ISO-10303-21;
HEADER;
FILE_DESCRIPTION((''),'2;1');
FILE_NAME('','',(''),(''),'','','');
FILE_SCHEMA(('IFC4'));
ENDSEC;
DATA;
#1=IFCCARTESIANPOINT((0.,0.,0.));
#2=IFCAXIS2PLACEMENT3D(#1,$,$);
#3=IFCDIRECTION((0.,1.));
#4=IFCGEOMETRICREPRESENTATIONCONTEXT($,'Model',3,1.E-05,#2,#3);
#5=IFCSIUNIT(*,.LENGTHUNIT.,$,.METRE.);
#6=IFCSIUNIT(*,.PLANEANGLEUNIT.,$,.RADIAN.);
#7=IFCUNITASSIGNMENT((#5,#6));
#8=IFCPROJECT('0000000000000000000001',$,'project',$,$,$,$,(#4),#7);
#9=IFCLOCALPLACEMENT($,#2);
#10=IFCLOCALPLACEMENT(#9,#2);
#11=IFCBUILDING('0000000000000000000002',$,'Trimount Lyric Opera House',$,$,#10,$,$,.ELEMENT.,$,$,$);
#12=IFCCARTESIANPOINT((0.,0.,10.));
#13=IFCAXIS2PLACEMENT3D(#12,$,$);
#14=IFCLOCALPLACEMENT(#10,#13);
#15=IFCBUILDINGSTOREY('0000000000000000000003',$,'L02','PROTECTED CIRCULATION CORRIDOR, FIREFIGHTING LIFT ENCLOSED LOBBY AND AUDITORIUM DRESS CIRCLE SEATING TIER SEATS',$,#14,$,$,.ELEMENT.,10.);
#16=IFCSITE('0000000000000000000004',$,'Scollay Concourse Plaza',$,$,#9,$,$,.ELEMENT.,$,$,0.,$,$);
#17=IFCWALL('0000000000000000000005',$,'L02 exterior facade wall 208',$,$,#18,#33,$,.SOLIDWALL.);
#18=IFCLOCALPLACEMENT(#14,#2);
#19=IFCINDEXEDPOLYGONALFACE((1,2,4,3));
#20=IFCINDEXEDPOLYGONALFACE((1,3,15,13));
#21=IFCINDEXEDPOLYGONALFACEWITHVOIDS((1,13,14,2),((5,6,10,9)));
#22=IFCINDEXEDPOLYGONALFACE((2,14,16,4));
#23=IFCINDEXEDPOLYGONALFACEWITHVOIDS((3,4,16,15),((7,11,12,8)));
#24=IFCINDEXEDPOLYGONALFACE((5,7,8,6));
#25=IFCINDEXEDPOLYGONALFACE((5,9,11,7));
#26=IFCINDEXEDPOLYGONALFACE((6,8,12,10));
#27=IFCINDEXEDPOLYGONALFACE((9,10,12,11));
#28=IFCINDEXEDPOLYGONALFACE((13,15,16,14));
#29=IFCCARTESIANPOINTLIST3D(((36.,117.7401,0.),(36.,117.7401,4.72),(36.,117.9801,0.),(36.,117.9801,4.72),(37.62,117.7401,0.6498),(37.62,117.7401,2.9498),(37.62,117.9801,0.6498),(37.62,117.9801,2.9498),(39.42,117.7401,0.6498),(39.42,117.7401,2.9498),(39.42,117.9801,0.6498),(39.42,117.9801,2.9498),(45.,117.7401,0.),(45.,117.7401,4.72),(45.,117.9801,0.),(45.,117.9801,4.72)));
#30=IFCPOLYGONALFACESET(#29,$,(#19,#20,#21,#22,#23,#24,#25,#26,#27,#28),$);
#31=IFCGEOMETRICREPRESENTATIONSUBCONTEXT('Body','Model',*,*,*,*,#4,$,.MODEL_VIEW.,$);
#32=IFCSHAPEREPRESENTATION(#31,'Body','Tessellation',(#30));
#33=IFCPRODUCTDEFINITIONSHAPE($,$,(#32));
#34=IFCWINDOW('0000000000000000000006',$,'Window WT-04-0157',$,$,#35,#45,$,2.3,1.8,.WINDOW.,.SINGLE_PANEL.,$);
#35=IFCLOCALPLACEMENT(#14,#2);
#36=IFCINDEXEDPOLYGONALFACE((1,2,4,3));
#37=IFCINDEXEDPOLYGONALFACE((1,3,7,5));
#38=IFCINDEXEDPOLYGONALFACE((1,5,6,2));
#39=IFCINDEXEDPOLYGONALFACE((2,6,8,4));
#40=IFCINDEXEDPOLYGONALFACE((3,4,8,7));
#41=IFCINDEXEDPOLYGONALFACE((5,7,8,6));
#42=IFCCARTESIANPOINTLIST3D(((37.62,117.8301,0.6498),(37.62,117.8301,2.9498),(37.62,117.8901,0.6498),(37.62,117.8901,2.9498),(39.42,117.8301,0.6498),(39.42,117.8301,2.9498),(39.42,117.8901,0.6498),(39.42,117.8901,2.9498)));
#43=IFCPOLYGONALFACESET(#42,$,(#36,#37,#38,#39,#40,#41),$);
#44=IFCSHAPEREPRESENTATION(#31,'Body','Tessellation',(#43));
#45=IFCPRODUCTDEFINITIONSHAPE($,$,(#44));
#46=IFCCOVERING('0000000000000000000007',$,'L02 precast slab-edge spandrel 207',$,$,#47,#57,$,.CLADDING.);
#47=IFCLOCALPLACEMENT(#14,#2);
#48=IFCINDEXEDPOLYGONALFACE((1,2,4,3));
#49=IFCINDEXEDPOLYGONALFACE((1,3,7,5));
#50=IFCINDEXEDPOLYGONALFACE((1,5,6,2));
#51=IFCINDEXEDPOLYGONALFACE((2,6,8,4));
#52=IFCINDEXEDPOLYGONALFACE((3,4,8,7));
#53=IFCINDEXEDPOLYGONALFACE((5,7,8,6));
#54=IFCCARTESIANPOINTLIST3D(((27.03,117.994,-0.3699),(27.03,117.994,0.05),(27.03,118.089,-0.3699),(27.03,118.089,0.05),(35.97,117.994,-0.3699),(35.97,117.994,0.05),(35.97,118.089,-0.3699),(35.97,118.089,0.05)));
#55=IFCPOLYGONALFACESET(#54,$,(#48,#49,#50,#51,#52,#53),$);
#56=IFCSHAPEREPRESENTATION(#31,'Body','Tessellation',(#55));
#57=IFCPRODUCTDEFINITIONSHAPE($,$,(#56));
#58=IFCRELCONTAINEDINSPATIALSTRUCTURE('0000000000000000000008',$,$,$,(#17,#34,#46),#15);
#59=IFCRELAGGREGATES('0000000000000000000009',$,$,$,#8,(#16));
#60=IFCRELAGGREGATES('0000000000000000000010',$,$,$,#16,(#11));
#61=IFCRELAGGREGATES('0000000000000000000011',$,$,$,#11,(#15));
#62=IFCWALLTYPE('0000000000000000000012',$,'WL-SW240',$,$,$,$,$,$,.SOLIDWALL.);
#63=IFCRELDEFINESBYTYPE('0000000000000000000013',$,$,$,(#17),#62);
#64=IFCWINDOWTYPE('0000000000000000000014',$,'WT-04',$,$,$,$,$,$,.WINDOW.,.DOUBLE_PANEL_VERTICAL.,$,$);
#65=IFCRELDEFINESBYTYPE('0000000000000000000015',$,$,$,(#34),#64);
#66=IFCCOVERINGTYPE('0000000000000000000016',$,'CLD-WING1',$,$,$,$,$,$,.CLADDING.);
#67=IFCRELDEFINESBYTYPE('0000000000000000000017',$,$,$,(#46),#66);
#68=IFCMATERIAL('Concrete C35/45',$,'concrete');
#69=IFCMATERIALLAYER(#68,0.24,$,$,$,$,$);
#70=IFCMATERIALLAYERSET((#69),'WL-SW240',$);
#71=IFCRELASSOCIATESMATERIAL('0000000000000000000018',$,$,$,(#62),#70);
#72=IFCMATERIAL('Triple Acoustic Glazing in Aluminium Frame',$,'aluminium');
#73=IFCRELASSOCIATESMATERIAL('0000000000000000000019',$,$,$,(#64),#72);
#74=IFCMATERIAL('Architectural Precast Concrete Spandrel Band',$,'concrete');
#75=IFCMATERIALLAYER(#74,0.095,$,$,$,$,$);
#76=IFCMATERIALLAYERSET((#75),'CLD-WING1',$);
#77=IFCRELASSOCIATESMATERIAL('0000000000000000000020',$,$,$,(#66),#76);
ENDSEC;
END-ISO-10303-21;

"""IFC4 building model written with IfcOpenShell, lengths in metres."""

from ifc_helpers import new_model, si_unit, direction, frame, frame_2d, origin, origin_2d, place, context, subcontext, project, spatial, rectangle, extrude, material, layer, layer_set, type_object, element, fill, save


model = new_model("IFC4")

# Units and contexts
model_context = context("Model", 3, precision=1e-05, world=origin(), true_north=direction((0.0, 1.0)))
body_context = subcontext(model_context, "Body", "Model", "MODEL_VIEW")
ifc_project = project(units=[si_unit("LENGTHUNIT", "METRE"), si_unit("PLANEANGLEUNIT", "RADIAN")], contexts=[model_context])

# Site, building, storey
site_placement = place(None, origin())
site = spatial("IfcSite", under=ifc_project, at=site_placement, Name="Scollay Concourse Plaza", CompositionType="ELEMENT", RefElevation=0.0)
building_placement = place(site_placement, origin())
building = spatial("IfcBuilding", under=site, at=building_placement, Name="Trimount Lyric Opera House", CompositionType="ELEMENT")
storey_placement = place(building_placement, frame((0.0, 0.0, 10.0)))
storey = spatial("IfcBuildingStorey", under=building, at=storey_placement, Name="L02", Description="PROTECTED CIRCULATION CORRIDOR, FIREFIGHTING LIFT ENCLOSED LOBBY AND AUDITORIUM DRESS CIRCLE SEATING TIER SEATS", CompositionType="ELEMENT", Elevation=10.0)

# Shared definitions
ifc_material_1 = material(Name="Concrete C35/45", Category="concrete")
ifc_layer_1 = layer(ifc_material_1, 0.24)
ifc_layer_set_1 = layer_set([ifc_layer_1], Name="WL-SW240")
wall_type_1 = type_object("IfcWallType", Name="WL-SW240", PredefinedType="SOLIDWALL", material=ifc_layer_set_1)

# Wall, opening, window
wall_1_placement = place(storey_placement, frame((36.0, 117.8601, 0.0), z_axis=(0.0, 0.0, 1.0), x_axis=(1.0, 0.0, 0.0)))
wall_1 = element("IfcWall", 1, at=wall_1_placement, inside=storey, type_object=wall_type_1, Name="L02 exterior facade wall 208", PredefinedType="SOLIDWALL", context=body_context, shape_type="SweptSolid", body=[
    extrude(rectangle(XDim=9.0, YDim=0.24, at=frame_2d((4.5, 0.0))), origin(), (0.0, 0.0, 1.0), 4.72),
])
opening_1_placement = place(wall_1_placement, frame((1.6201, 0.0, 0.6499)))
opening_1 = element("IfcOpeningElement", 2, at=opening_1_placement, cuts=wall_1, PredefinedType="OPENING", context=body_context, shape_type="SweptSolid", body=[
    extrude(rectangle(XDim=1.8, YDim=2.3, at=frame_2d((0.8999, 1.1499))), frame((0.0, 0.1299, 0.0), z_axis=(0.0, -1.0, 0.0), x_axis=(1.0, 0.0, 0.0)), (0.0, 0.0, 1.0), 0.26),
])
ifc_material_2 = material(Name="Triple Acoustic Glazing in Aluminium Frame", Category="aluminium")
window_type_1 = type_object("IfcWindowType", Name="WT-04", PartitioningType="DOUBLE_PANEL_VERTICAL", PredefinedType="WINDOW", material=ifc_material_2)
window_1_placement = place(opening_1_placement, origin())
window_1 = element("IfcWindow", 3, at=window_1_placement, inside=storey, type_object=window_type_1, Name="Window WT-04-0157", OverallHeight=2.3, OverallWidth=1.8, PartitioningType="SINGLE_PANEL", PredefinedType="WINDOW", context=body_context, shape_type="SweptSolid", body=[
    extrude(rectangle(XDim=1.8, YDim=2.3, at=frame_2d((0.8999, 1.1499))), frame((0.0, 0.03, 0.0), z_axis=(0.0, -1.0, 0.0), x_axis=(1.0, 0.0, 0.0)), (0.0, 0.0, 1.0), 0.0601),
])
fill(opening_1, window_1)

# Covering
ifc_material_3 = material(Name="Architectural Precast Concrete Spandrel Band", Category="concrete")
ifc_layer_2 = layer(ifc_material_3, 0.095)
ifc_layer_set_2 = layer_set([ifc_layer_2], Name="CLD-WING1")
covering_type = type_object("IfcCoveringType", Name="CLD-WING1", PredefinedType="CLADDING", material=ifc_layer_set_2)
covering_placement = place(storey_placement, frame((31.5, 118.0415, -0.3699), z_axis=(0.0, 0.0, 1.0), x_axis=(1.0, 0.0, 0.0)))
element("IfcCovering", 4, at=covering_placement, inside=storey, type_object=covering_type, Name="L02 precast slab-edge spandrel 207", PredefinedType="CLADDING", context=body_context, shape_type="SweptSolid", body=[
    extrude(rectangle(XDim=8.9399, YDim=0.095, at=origin_2d()), origin(), (0.0, 0.0, 1.0), 0.4199),
])

save(model, "model.ifc")
